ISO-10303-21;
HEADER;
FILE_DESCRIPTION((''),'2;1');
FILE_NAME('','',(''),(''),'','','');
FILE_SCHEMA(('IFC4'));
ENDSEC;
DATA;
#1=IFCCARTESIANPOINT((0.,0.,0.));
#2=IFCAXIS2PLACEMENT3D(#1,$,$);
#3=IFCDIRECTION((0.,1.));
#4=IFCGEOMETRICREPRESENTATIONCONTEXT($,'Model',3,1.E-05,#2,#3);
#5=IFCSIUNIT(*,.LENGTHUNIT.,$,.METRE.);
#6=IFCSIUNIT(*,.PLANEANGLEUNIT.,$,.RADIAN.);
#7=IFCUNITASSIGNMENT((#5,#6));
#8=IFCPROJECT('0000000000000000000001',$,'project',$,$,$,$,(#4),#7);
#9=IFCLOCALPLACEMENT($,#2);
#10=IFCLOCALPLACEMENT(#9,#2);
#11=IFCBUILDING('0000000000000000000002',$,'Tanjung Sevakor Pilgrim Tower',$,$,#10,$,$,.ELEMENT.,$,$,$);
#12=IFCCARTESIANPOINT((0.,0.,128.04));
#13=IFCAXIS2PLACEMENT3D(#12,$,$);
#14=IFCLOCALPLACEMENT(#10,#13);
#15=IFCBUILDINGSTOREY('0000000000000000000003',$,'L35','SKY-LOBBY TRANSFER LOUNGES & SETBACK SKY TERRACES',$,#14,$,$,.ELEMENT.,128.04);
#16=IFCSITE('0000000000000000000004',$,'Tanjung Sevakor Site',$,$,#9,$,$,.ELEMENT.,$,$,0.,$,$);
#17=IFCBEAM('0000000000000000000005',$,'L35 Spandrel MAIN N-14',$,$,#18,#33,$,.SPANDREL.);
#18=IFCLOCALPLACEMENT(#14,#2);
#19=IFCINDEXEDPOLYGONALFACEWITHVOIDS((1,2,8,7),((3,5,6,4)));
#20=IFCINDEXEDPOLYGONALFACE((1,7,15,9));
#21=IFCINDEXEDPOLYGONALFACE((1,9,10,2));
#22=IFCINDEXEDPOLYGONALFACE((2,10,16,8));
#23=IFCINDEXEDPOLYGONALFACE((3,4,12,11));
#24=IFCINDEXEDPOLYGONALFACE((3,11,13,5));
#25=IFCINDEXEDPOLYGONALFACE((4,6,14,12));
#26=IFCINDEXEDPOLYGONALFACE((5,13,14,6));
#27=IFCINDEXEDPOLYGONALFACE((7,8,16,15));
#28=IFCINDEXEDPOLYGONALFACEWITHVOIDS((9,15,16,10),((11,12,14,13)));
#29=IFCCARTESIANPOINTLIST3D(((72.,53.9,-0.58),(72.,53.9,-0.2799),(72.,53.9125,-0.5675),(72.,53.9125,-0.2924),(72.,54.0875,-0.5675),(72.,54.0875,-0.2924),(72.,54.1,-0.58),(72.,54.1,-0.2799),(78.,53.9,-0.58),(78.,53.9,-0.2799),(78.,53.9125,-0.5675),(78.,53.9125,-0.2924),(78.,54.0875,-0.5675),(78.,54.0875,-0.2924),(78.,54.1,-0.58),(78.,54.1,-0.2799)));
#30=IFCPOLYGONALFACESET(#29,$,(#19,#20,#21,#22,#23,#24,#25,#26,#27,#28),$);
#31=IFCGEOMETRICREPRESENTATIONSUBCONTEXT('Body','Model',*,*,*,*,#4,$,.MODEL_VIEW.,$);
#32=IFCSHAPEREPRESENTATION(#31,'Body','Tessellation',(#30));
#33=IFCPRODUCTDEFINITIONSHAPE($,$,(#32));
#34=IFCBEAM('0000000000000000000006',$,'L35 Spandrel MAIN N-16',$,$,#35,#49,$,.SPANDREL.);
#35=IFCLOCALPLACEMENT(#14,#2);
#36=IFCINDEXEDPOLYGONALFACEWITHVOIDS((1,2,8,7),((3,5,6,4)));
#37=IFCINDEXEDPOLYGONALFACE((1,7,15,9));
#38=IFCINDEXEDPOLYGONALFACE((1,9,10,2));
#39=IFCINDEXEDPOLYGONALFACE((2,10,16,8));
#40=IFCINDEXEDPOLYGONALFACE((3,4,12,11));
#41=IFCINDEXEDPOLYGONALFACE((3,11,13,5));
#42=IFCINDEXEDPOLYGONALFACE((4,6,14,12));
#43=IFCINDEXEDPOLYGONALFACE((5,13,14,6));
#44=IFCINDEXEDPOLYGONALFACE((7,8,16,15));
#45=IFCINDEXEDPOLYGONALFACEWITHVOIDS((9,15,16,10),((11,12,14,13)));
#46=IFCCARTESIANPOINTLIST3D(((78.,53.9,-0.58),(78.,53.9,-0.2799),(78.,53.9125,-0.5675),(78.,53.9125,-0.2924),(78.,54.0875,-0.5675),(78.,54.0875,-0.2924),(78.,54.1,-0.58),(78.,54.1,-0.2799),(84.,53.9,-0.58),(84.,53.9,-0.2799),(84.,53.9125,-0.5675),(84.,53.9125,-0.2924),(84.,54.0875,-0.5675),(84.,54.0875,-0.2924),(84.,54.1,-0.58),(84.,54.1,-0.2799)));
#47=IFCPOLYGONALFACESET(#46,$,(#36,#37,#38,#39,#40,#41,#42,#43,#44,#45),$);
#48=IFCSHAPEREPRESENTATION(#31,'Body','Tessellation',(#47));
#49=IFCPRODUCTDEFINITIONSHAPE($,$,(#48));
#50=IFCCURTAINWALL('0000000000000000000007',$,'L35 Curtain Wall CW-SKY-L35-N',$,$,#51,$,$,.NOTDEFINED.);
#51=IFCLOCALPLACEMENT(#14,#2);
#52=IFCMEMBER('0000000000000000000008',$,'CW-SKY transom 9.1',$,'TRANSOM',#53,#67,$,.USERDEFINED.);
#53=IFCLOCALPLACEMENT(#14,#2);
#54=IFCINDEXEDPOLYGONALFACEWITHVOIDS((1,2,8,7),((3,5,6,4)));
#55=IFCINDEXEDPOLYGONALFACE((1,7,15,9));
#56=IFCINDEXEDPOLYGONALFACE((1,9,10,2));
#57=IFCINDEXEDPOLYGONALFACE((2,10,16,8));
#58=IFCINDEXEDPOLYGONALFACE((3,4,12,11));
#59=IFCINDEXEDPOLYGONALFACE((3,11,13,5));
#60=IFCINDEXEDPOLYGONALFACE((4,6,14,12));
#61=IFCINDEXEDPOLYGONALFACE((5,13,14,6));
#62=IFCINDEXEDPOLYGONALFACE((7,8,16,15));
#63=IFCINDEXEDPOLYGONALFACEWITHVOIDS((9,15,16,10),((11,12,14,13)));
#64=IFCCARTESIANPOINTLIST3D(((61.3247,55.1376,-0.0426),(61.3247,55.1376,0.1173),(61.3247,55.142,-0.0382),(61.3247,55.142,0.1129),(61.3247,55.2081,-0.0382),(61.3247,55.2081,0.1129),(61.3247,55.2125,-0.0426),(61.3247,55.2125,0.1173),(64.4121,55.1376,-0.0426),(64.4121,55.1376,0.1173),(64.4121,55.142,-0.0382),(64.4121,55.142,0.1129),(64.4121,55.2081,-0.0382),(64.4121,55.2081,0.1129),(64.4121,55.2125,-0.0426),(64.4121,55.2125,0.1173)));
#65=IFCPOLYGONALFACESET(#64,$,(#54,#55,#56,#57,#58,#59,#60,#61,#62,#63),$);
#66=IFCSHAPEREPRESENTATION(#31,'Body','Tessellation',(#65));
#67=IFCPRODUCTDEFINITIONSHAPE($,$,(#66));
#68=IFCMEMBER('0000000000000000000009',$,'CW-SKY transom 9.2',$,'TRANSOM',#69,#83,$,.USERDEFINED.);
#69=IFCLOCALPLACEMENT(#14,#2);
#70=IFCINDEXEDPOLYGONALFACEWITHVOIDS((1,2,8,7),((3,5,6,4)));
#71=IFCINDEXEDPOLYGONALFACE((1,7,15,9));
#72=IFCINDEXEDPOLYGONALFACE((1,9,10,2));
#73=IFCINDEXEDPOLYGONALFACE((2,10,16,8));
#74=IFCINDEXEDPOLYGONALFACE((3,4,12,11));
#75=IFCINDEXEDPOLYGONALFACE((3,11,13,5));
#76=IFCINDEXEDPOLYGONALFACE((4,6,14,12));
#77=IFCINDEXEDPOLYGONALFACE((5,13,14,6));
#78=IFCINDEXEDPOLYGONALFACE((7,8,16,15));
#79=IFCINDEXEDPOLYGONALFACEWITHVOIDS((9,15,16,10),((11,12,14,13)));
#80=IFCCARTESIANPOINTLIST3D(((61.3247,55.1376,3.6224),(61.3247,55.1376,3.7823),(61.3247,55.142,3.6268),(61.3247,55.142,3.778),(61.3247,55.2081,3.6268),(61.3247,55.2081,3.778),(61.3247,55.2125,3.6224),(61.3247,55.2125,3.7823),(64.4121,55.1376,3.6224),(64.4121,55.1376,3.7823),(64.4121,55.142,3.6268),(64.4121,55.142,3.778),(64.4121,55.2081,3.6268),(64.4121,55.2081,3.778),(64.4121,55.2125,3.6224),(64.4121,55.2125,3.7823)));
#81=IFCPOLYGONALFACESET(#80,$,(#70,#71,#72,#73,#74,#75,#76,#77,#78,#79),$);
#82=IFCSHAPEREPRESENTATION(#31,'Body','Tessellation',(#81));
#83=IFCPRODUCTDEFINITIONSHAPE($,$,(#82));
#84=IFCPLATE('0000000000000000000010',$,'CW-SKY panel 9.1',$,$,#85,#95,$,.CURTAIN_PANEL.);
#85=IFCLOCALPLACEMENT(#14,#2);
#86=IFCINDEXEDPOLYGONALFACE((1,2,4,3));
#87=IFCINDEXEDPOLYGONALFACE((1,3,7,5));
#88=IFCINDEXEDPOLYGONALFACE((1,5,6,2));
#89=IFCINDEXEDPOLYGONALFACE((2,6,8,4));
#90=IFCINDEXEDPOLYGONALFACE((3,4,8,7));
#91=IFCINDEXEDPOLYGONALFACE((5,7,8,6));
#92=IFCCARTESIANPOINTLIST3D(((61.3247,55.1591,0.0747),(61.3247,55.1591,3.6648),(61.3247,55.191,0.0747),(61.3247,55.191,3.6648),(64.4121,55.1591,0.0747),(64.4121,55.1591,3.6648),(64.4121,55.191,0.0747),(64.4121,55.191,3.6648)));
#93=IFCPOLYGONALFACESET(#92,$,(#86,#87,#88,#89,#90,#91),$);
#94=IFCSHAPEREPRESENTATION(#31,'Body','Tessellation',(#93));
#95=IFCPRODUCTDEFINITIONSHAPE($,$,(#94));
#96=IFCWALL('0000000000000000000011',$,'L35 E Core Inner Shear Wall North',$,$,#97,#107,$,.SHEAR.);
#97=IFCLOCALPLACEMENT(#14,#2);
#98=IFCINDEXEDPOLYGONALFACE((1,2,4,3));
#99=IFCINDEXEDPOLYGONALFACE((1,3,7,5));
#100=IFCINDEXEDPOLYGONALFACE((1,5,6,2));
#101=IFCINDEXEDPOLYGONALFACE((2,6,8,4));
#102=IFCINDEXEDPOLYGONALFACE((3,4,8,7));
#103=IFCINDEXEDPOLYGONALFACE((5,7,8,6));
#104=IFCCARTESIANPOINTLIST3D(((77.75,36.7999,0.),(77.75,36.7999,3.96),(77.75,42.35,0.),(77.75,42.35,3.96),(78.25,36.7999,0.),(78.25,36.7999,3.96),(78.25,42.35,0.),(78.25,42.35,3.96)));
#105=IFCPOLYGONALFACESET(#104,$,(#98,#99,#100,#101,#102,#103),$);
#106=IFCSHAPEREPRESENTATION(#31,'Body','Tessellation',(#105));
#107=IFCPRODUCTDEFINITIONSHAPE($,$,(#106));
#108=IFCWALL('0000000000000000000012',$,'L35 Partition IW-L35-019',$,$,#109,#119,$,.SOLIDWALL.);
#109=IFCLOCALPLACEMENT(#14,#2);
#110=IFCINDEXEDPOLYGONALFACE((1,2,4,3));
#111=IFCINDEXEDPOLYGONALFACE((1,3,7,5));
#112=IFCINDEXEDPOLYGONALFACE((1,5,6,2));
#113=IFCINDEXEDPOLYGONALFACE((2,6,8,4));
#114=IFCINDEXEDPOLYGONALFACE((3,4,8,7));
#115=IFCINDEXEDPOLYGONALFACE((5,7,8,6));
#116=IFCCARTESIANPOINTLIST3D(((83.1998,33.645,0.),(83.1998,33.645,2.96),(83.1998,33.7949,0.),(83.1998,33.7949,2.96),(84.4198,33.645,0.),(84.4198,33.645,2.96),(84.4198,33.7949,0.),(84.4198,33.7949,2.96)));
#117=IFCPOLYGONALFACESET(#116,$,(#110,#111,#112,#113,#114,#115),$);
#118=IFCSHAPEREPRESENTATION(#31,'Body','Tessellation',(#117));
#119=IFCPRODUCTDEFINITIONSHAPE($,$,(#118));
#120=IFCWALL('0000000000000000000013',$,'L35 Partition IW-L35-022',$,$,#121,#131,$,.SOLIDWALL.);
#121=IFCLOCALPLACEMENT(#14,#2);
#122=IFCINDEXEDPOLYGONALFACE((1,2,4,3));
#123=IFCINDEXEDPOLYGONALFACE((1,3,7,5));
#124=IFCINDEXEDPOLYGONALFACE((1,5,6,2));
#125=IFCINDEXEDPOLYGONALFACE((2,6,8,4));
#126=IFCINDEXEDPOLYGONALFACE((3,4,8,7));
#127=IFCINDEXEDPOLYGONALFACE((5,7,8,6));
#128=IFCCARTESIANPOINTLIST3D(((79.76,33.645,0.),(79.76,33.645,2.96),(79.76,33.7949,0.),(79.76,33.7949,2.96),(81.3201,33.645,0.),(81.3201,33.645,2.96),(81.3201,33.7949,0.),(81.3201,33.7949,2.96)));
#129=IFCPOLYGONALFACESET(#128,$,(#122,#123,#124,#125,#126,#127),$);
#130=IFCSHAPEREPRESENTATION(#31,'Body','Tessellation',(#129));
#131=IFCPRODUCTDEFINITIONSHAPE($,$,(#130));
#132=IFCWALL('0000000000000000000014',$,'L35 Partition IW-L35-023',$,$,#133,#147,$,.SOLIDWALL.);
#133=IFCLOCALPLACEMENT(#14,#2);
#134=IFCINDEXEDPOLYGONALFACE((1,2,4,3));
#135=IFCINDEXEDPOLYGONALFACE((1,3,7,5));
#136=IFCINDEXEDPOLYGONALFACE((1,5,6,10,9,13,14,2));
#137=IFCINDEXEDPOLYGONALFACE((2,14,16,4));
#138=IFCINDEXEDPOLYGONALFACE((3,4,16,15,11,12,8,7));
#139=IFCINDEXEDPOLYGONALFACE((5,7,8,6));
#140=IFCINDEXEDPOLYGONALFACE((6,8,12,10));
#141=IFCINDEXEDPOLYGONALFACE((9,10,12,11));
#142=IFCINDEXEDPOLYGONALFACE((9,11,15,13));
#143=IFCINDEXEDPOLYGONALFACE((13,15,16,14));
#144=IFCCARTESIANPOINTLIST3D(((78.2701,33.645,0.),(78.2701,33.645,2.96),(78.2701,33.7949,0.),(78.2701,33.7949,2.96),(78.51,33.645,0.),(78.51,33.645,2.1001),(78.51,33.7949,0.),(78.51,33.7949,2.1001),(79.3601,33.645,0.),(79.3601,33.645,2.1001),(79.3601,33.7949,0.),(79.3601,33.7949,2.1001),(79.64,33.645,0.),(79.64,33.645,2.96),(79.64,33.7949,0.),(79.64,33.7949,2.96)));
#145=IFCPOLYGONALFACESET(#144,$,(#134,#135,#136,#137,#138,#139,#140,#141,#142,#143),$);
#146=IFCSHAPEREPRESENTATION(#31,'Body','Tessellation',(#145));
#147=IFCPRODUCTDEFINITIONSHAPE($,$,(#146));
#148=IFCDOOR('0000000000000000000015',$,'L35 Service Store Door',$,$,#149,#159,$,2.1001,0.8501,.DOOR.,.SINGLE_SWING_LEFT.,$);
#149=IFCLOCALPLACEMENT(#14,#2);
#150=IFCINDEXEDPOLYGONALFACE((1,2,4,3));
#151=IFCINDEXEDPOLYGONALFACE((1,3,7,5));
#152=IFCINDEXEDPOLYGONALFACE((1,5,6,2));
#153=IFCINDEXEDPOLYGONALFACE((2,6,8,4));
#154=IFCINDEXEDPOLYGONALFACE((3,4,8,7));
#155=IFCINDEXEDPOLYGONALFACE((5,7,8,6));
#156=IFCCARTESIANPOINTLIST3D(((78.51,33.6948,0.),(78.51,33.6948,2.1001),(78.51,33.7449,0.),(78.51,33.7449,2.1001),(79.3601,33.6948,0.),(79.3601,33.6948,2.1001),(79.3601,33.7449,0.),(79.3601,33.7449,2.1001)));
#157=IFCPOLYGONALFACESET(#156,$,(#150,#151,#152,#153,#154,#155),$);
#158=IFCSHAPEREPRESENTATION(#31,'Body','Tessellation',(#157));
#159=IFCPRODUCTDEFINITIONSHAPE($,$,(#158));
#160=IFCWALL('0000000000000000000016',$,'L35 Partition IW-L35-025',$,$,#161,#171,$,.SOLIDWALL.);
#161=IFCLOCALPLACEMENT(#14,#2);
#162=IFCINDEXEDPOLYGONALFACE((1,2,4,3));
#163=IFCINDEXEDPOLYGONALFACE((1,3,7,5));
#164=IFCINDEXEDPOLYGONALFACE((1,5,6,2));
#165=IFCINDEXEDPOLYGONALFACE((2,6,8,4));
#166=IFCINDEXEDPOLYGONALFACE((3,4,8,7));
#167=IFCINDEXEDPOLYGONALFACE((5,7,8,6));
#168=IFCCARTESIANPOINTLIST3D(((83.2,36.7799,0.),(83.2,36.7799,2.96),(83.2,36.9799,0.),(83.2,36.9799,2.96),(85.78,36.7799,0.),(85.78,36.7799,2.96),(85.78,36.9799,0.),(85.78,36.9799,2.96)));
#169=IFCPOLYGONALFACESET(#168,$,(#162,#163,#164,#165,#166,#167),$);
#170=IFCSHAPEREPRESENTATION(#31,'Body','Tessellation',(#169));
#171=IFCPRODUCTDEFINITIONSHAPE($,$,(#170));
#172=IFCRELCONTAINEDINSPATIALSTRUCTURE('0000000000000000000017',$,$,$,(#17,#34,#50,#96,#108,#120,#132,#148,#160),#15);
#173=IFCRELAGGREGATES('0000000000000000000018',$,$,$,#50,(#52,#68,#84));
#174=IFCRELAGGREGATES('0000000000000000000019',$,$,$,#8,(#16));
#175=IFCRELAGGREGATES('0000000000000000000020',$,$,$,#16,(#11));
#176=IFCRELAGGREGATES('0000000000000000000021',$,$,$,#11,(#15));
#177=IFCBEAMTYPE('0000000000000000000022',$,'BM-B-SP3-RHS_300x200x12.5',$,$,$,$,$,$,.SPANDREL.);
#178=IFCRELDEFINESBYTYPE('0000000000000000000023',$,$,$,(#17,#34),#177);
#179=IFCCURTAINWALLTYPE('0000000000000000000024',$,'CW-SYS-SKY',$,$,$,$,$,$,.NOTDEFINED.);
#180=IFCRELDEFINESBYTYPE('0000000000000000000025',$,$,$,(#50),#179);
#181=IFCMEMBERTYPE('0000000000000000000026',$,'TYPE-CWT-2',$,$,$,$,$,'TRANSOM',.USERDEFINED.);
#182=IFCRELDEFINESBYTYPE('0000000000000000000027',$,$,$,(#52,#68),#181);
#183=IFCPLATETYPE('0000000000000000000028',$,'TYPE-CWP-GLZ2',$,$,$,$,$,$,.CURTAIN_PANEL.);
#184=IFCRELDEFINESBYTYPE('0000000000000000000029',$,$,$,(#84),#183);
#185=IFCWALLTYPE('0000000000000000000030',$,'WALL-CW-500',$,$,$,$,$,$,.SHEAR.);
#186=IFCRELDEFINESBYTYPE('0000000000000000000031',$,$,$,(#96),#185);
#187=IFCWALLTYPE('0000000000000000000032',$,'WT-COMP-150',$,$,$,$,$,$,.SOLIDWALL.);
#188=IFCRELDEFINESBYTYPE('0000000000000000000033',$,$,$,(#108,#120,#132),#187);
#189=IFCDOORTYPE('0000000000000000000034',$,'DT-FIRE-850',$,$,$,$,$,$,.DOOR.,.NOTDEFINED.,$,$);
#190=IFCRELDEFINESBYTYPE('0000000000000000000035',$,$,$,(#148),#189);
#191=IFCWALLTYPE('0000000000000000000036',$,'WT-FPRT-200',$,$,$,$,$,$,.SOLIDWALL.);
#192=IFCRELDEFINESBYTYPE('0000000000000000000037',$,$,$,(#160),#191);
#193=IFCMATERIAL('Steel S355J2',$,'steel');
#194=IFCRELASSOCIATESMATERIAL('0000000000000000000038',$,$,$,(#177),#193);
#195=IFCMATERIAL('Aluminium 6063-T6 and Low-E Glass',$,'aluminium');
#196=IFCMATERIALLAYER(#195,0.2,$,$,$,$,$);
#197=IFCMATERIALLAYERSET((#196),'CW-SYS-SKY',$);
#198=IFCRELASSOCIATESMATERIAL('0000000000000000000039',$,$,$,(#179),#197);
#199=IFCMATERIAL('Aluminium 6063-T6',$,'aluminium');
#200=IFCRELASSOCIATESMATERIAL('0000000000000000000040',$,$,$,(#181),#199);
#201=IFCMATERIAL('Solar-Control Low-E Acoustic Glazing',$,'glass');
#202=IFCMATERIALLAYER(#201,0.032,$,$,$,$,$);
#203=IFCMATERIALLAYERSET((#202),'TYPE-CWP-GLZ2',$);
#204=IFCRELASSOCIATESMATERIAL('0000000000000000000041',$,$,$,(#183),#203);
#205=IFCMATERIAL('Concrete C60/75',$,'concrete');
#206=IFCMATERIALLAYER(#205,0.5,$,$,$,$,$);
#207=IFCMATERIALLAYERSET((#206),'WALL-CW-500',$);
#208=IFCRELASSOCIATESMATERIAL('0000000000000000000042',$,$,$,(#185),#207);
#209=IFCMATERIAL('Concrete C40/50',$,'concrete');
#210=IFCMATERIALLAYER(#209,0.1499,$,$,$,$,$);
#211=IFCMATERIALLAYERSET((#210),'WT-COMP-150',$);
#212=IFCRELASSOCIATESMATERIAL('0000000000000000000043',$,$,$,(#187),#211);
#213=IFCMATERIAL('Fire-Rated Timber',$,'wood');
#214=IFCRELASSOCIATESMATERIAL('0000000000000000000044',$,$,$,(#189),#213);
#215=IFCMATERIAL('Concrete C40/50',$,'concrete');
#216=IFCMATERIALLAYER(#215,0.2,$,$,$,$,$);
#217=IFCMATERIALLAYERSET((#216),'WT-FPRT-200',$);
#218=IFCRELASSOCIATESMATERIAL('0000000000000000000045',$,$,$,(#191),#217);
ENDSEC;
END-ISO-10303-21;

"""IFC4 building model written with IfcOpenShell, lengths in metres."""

from ifc_helpers import new_model, si_unit, direction, frame, frame_2d, origin, origin_2d, place, context, subcontext, project, spatial, rectangle, hollow_rectangle, extrude, material, layer, layer_set, material_profile, profile_set, type_object, element, fill, aggregate, save


model = new_model("IFC4")

# Units and contexts
model_context = context("Model", 3, precision=1e-05, world=origin(), true_north=direction((0.0, 1.0)))
body_context = subcontext(model_context, "Body", "Model", "MODEL_VIEW")
ifc_project = project(units=[si_unit("LENGTHUNIT", "METRE"), si_unit("PLANEANGLEUNIT", "RADIAN")], contexts=[model_context])

# Site, building, storey
site_placement = place(None, origin())
site = spatial("IfcSite", under=ifc_project, at=site_placement, Name="Tanjung Sevakor Site", CompositionType="ELEMENT", RefElevation=0.0)
building_placement = place(site_placement, origin())
building = spatial("IfcBuilding", under=site, at=building_placement, Name="Tanjung Sevakor Pilgrim Tower", CompositionType="ELEMENT")
storey_placement = place(building_placement, frame((0.0, 0.0, 128.04)))
storey = spatial("IfcBuildingStorey", under=building, at=storey_placement, Name="L35", Description="SKY-LOBBY TRANSFER LOUNGES & SETBACK SKY TERRACES", CompositionType="ELEMENT", Elevation=128.04)

# Beams
ifc_material_1 = material(Name="Steel S355J2", Category="steel")
ifc_material_profile_1 = material_profile(ifc_material_1, hollow_rectangle(XDim=0.2, YDim=0.3, WallThickness=0.0125, at=origin_2d()))
ifc_profile_set_1 = profile_set([ifc_material_profile_1], Name="Steel S355J2")
beam_type_1 = type_object("IfcBeamType", Name="BM-B-SP3-RHS_300x200x12.5", PredefinedType="SPANDREL", material=ifc_profile_set_1)
for number, where, z_axis, x_axis, name in (
    (1, (72.0, 54.0, -0.4299), (1.0, 0.0, 0.0), (0.0, 1.0, 0.0), "L35 Spandrel MAIN N-14"),
    (2, (78.0, 54.0, -0.4299), (1.0, 0.0, 0.0), (0.0, 1.0, 0.0), "L35 Spandrel MAIN N-16"),
):
    element("IfcBeam", number, at=place(storey_placement, frame(where, z_axis=z_axis, x_axis=x_axis)), inside=storey, type_object=beam_type_1, Name=name, PredefinedType="SPANDREL", context=body_context, shape_type="SweptSolid", body=[
        extrude(hollow_rectangle(XDim=0.2, YDim=0.3, WallThickness=0.0125, at=origin_2d()), origin(), (0.0, 0.0, 1.0), 6.0),
    ])

# Curtain wall, members, plate
ifc_material_2 = material(Name="Aluminium 6063-T6 and Low-E Glass", Category="aluminium")
ifc_layer_1 = layer(ifc_material_2, 0.2)
ifc_layer_set_1 = layer_set([ifc_layer_1], Name="CW-SYS-SKY")
curtain_wall_type = type_object("IfcCurtainWallType", Name="CW-SYS-SKY", PredefinedType="NOTDEFINED", material=ifc_layer_set_1)
curtain_wall_placement = place(storey_placement, origin())
curtain_wall = element("IfcCurtainWall", 3, at=curtain_wall_placement, inside=storey, type_object=curtain_wall_type, Name="L35 Curtain Wall CW-SKY-L35-N", PredefinedType="NOTDEFINED")
ifc_material_3 = material(Name="Aluminium 6063-T6", Category="aluminium")
ifc_material_profile_2 = material_profile(ifc_material_3, hollow_rectangle(XDim=0.075, YDim=0.1599, WallThickness=0.0044, at=origin_2d()))
ifc_profile_set_2 = profile_set([ifc_material_profile_2], Name="Aluminium 6063-T6")
member_type = type_object("IfcMemberType", Name="TYPE-CWT-2", ElementType="TRANSOM", PredefinedType="USERDEFINED", material=ifc_profile_set_2)
member_1_placement = place(storey_placement, frame((64.4121, 55.175, 0.0374), z_axis=(-1.0, 0.0, 0.0), x_axis=(0.0, -1.0, 0.0)))
member_1 = element("IfcMember", 4, at=member_1_placement, type_object=member_type, Name="CW-SKY transom 9.1", ObjectType="TRANSOM", PredefinedType="USERDEFINED", context=body_context, shape_type="SweptSolid", body=[
    extrude(hollow_rectangle(XDim=0.075, YDim=0.1599, WallThickness=0.0044, at=origin_2d()), origin(), (0.0, 0.0, 1.0), 3.0874),
])
member_2_placement = place(storey_placement, frame((64.4121, 55.175, 3.7024), z_axis=(-1.0, 0.0, 0.0), x_axis=(0.0, -1.0, 0.0)))
member_2 = element("IfcMember", 5, at=member_2_placement, type_object=member_type, Name="CW-SKY transom 9.2", ObjectType="TRANSOM", PredefinedType="USERDEFINED", context=body_context, shape_type="SweptSolid", body=[
    extrude(hollow_rectangle(XDim=0.075, YDim=0.1599, WallThickness=0.0044, at=origin_2d()), origin(), (0.0, 0.0, 1.0), 3.0874),
])
ifc_material_4 = material(Name="Solar-Control Low-E Acoustic Glazing", Category="glass")
ifc_layer_2 = layer(ifc_material_4, 0.032)
ifc_layer_set_2 = layer_set([ifc_layer_2], Name="TYPE-CWP-GLZ2")
plate_type = type_object("IfcPlateType", Name="TYPE-CWP-GLZ2", PredefinedType="CURTAIN_PANEL", material=ifc_layer_set_2)
plate_placement = place(storey_placement, frame((62.8684, 55.175, 0.0747), z_axis=(0.0, 0.0, 1.0), x_axis=(-1.0, 0.0, 0.0)))
plate = element("IfcPlate", 6, at=plate_placement, type_object=plate_type, Name="CW-SKY panel 9.1", PredefinedType="CURTAIN_PANEL", context=body_context, shape_type="SweptSolid", body=[
    extrude(rectangle(XDim=3.0874, YDim=0.032, at=origin_2d()), origin(), (0.0, 0.0, 1.0), 3.5901),
])
aggregate(curtain_wall, [member_1, member_2, plate])

# Walls
ifc_material_5 = material(Name="Concrete C60/75", Category="concrete")
ifc_layer_3 = layer(ifc_material_5, 0.5)
ifc_layer_set_3 = layer_set([ifc_layer_3], Name="WALL-CW-500")
wall_type_1 = type_object("IfcWallType", Name="WALL-CW-500", PredefinedType="SHEAR", material=ifc_layer_set_3)
wall_1_placement = place(storey_placement, frame((78.0, 36.8, 0.0), z_axis=(0.0, 0.0, 1.0), x_axis=(0.0, 1.0, 0.0)))
element("IfcWall", 7, at=wall_1_placement, inside=storey, type_object=wall_type_1, Name="L35 E Core Inner Shear Wall North", PredefinedType="SHEAR", context=body_context, shape_type="SweptSolid", body=[
    extrude(rectangle(XDim=5.55, YDim=0.5, at=frame_2d((2.7749, 0.0))), origin(), (0.0, 0.0, 1.0), 3.96),
])
ifc_material_6 = material(Name="Concrete C40/50", Category="concrete")
ifc_layer_4 = layer(ifc_material_6, 0.1499)
ifc_layer_set_4 = layer_set([ifc_layer_4], Name="WT-COMP-150")
wall_type_2 = type_object("IfcWallType", Name="WT-COMP-150", PredefinedType="SOLIDWALL", material=ifc_layer_set_4)
wall_2_placement = place(storey_placement, frame((83.2, 33.72, 0.0), z_axis=(0.0, 0.0, 1.0), x_axis=(1.0, 0.0, 0.0)))
element("IfcWall", 8, at=wall_2_placement, inside=storey, type_object=wall_type_2, Name="L35 Partition IW-L35-019", PredefinedType="SOLIDWALL", context=body_context, shape_type="SweptSolid", body=[
    extrude(rectangle(XDim=1.22, YDim=0.1499, at=frame_2d((0.6099, 0.0))), origin(), (0.0, 0.0, 1.0), 2.96),
])
wall_3_placement = place(storey_placement, frame((79.76, 33.72, 0.0), z_axis=(0.0, 0.0, 1.0), x_axis=(1.0, 0.0, 0.0)))
element("IfcWall", 9, at=wall_3_placement, inside=storey, type_object=wall_type_2, Name="L35 Partition IW-L35-022", PredefinedType="SOLIDWALL", context=body_context, shape_type="SweptSolid", body=[
    extrude(rectangle(XDim=1.5601, YDim=0.1499, at=frame_2d((0.78, 0.0))), origin(), (0.0, 0.0, 1.0), 2.96),
])

# Wall, opening, door
wall_4_placement = place(storey_placement, frame((78.27, 33.72, 0.0), z_axis=(0.0, 0.0, 1.0), x_axis=(1.0, 0.0, 0.0)))
wall_4 = element("IfcWall", 10, at=wall_4_placement, inside=storey, type_object=wall_type_2, Name="L35 Partition IW-L35-023", PredefinedType="SOLIDWALL", context=body_context, shape_type="SweptSolid", body=[
    extrude(rectangle(XDim=1.3699, YDim=0.1499, at=frame_2d((0.6851, 0.0))), origin(), (0.0, 0.0, 1.0), 2.96),
])
opening_1_placement = place(wall_4_placement, frame((0.24, 0.0, 0.0)))
opening_1 = element("IfcOpeningElement", 11, at=opening_1_placement, cuts=wall_4, PredefinedType="OPENING", context=body_context, shape_type="SweptSolid", body=[
    extrude(rectangle(XDim=0.8501, YDim=2.1001, at=frame_2d((0.425, 1.05))), frame((0.0, 0.085, 0.0), z_axis=(0.0, -1.0, 0.0), x_axis=(1.0, 0.0, 0.0)), (0.0, 0.0, 1.0), 0.1699),
])
ifc_material_7 = material(Name="Fire-Rated Timber", Category="wood")
door_type_1 = type_object("IfcDoorType", Name="DT-FIRE-850", OperationType="NOTDEFINED", PredefinedType="DOOR", material=ifc_material_7)
door_1_placement = place(opening_1_placement, origin())
door_1 = element("IfcDoor", 12, at=door_1_placement, inside=storey, type_object=door_type_1, Name="L35 Service Store Door", OperationType="SINGLE_SWING_LEFT", OverallHeight=2.1001, OverallWidth=0.8501, PredefinedType="DOOR", context=body_context, shape_type="SweptSolid", body=[
    extrude(rectangle(XDim=0.8501, YDim=2.1001, at=frame_2d((0.425, 1.05))), frame((0.0, 0.0249, 0.0), z_axis=(0.0, -1.0, 0.0), x_axis=(1.0, 0.0, 0.0)), (0.0, 0.0, 1.0), 0.05),
])
fill(opening_1, door_1)

# Wall
ifc_material_8 = material(Name="Concrete C40/50", Category="concrete")
ifc_layer_5 = layer(ifc_material_8, 0.2)
ifc_layer_set_5 = layer_set([ifc_layer_5], Name="WT-FPRT-200")
wall_type_3 = type_object("IfcWallType", Name="WT-FPRT-200", PredefinedType="SOLIDWALL", material=ifc_layer_set_5)
wall_5_placement = place(storey_placement, frame((83.2, 36.8799, 0.0), z_axis=(0.0, 0.0, 1.0), x_axis=(1.0, 0.0, 0.0)))
element("IfcWall", 13, at=wall_5_placement, inside=storey, type_object=wall_type_3, Name="L35 Partition IW-L35-025", PredefinedType="SOLIDWALL", context=body_context, shape_type="SweptSolid", body=[
    extrude(rectangle(XDim=2.5801, YDim=0.2, at=frame_2d((1.29, 0.0))), origin(), (0.0, 0.0, 1.0), 2.96),
])

save(model, "model.ifc")
